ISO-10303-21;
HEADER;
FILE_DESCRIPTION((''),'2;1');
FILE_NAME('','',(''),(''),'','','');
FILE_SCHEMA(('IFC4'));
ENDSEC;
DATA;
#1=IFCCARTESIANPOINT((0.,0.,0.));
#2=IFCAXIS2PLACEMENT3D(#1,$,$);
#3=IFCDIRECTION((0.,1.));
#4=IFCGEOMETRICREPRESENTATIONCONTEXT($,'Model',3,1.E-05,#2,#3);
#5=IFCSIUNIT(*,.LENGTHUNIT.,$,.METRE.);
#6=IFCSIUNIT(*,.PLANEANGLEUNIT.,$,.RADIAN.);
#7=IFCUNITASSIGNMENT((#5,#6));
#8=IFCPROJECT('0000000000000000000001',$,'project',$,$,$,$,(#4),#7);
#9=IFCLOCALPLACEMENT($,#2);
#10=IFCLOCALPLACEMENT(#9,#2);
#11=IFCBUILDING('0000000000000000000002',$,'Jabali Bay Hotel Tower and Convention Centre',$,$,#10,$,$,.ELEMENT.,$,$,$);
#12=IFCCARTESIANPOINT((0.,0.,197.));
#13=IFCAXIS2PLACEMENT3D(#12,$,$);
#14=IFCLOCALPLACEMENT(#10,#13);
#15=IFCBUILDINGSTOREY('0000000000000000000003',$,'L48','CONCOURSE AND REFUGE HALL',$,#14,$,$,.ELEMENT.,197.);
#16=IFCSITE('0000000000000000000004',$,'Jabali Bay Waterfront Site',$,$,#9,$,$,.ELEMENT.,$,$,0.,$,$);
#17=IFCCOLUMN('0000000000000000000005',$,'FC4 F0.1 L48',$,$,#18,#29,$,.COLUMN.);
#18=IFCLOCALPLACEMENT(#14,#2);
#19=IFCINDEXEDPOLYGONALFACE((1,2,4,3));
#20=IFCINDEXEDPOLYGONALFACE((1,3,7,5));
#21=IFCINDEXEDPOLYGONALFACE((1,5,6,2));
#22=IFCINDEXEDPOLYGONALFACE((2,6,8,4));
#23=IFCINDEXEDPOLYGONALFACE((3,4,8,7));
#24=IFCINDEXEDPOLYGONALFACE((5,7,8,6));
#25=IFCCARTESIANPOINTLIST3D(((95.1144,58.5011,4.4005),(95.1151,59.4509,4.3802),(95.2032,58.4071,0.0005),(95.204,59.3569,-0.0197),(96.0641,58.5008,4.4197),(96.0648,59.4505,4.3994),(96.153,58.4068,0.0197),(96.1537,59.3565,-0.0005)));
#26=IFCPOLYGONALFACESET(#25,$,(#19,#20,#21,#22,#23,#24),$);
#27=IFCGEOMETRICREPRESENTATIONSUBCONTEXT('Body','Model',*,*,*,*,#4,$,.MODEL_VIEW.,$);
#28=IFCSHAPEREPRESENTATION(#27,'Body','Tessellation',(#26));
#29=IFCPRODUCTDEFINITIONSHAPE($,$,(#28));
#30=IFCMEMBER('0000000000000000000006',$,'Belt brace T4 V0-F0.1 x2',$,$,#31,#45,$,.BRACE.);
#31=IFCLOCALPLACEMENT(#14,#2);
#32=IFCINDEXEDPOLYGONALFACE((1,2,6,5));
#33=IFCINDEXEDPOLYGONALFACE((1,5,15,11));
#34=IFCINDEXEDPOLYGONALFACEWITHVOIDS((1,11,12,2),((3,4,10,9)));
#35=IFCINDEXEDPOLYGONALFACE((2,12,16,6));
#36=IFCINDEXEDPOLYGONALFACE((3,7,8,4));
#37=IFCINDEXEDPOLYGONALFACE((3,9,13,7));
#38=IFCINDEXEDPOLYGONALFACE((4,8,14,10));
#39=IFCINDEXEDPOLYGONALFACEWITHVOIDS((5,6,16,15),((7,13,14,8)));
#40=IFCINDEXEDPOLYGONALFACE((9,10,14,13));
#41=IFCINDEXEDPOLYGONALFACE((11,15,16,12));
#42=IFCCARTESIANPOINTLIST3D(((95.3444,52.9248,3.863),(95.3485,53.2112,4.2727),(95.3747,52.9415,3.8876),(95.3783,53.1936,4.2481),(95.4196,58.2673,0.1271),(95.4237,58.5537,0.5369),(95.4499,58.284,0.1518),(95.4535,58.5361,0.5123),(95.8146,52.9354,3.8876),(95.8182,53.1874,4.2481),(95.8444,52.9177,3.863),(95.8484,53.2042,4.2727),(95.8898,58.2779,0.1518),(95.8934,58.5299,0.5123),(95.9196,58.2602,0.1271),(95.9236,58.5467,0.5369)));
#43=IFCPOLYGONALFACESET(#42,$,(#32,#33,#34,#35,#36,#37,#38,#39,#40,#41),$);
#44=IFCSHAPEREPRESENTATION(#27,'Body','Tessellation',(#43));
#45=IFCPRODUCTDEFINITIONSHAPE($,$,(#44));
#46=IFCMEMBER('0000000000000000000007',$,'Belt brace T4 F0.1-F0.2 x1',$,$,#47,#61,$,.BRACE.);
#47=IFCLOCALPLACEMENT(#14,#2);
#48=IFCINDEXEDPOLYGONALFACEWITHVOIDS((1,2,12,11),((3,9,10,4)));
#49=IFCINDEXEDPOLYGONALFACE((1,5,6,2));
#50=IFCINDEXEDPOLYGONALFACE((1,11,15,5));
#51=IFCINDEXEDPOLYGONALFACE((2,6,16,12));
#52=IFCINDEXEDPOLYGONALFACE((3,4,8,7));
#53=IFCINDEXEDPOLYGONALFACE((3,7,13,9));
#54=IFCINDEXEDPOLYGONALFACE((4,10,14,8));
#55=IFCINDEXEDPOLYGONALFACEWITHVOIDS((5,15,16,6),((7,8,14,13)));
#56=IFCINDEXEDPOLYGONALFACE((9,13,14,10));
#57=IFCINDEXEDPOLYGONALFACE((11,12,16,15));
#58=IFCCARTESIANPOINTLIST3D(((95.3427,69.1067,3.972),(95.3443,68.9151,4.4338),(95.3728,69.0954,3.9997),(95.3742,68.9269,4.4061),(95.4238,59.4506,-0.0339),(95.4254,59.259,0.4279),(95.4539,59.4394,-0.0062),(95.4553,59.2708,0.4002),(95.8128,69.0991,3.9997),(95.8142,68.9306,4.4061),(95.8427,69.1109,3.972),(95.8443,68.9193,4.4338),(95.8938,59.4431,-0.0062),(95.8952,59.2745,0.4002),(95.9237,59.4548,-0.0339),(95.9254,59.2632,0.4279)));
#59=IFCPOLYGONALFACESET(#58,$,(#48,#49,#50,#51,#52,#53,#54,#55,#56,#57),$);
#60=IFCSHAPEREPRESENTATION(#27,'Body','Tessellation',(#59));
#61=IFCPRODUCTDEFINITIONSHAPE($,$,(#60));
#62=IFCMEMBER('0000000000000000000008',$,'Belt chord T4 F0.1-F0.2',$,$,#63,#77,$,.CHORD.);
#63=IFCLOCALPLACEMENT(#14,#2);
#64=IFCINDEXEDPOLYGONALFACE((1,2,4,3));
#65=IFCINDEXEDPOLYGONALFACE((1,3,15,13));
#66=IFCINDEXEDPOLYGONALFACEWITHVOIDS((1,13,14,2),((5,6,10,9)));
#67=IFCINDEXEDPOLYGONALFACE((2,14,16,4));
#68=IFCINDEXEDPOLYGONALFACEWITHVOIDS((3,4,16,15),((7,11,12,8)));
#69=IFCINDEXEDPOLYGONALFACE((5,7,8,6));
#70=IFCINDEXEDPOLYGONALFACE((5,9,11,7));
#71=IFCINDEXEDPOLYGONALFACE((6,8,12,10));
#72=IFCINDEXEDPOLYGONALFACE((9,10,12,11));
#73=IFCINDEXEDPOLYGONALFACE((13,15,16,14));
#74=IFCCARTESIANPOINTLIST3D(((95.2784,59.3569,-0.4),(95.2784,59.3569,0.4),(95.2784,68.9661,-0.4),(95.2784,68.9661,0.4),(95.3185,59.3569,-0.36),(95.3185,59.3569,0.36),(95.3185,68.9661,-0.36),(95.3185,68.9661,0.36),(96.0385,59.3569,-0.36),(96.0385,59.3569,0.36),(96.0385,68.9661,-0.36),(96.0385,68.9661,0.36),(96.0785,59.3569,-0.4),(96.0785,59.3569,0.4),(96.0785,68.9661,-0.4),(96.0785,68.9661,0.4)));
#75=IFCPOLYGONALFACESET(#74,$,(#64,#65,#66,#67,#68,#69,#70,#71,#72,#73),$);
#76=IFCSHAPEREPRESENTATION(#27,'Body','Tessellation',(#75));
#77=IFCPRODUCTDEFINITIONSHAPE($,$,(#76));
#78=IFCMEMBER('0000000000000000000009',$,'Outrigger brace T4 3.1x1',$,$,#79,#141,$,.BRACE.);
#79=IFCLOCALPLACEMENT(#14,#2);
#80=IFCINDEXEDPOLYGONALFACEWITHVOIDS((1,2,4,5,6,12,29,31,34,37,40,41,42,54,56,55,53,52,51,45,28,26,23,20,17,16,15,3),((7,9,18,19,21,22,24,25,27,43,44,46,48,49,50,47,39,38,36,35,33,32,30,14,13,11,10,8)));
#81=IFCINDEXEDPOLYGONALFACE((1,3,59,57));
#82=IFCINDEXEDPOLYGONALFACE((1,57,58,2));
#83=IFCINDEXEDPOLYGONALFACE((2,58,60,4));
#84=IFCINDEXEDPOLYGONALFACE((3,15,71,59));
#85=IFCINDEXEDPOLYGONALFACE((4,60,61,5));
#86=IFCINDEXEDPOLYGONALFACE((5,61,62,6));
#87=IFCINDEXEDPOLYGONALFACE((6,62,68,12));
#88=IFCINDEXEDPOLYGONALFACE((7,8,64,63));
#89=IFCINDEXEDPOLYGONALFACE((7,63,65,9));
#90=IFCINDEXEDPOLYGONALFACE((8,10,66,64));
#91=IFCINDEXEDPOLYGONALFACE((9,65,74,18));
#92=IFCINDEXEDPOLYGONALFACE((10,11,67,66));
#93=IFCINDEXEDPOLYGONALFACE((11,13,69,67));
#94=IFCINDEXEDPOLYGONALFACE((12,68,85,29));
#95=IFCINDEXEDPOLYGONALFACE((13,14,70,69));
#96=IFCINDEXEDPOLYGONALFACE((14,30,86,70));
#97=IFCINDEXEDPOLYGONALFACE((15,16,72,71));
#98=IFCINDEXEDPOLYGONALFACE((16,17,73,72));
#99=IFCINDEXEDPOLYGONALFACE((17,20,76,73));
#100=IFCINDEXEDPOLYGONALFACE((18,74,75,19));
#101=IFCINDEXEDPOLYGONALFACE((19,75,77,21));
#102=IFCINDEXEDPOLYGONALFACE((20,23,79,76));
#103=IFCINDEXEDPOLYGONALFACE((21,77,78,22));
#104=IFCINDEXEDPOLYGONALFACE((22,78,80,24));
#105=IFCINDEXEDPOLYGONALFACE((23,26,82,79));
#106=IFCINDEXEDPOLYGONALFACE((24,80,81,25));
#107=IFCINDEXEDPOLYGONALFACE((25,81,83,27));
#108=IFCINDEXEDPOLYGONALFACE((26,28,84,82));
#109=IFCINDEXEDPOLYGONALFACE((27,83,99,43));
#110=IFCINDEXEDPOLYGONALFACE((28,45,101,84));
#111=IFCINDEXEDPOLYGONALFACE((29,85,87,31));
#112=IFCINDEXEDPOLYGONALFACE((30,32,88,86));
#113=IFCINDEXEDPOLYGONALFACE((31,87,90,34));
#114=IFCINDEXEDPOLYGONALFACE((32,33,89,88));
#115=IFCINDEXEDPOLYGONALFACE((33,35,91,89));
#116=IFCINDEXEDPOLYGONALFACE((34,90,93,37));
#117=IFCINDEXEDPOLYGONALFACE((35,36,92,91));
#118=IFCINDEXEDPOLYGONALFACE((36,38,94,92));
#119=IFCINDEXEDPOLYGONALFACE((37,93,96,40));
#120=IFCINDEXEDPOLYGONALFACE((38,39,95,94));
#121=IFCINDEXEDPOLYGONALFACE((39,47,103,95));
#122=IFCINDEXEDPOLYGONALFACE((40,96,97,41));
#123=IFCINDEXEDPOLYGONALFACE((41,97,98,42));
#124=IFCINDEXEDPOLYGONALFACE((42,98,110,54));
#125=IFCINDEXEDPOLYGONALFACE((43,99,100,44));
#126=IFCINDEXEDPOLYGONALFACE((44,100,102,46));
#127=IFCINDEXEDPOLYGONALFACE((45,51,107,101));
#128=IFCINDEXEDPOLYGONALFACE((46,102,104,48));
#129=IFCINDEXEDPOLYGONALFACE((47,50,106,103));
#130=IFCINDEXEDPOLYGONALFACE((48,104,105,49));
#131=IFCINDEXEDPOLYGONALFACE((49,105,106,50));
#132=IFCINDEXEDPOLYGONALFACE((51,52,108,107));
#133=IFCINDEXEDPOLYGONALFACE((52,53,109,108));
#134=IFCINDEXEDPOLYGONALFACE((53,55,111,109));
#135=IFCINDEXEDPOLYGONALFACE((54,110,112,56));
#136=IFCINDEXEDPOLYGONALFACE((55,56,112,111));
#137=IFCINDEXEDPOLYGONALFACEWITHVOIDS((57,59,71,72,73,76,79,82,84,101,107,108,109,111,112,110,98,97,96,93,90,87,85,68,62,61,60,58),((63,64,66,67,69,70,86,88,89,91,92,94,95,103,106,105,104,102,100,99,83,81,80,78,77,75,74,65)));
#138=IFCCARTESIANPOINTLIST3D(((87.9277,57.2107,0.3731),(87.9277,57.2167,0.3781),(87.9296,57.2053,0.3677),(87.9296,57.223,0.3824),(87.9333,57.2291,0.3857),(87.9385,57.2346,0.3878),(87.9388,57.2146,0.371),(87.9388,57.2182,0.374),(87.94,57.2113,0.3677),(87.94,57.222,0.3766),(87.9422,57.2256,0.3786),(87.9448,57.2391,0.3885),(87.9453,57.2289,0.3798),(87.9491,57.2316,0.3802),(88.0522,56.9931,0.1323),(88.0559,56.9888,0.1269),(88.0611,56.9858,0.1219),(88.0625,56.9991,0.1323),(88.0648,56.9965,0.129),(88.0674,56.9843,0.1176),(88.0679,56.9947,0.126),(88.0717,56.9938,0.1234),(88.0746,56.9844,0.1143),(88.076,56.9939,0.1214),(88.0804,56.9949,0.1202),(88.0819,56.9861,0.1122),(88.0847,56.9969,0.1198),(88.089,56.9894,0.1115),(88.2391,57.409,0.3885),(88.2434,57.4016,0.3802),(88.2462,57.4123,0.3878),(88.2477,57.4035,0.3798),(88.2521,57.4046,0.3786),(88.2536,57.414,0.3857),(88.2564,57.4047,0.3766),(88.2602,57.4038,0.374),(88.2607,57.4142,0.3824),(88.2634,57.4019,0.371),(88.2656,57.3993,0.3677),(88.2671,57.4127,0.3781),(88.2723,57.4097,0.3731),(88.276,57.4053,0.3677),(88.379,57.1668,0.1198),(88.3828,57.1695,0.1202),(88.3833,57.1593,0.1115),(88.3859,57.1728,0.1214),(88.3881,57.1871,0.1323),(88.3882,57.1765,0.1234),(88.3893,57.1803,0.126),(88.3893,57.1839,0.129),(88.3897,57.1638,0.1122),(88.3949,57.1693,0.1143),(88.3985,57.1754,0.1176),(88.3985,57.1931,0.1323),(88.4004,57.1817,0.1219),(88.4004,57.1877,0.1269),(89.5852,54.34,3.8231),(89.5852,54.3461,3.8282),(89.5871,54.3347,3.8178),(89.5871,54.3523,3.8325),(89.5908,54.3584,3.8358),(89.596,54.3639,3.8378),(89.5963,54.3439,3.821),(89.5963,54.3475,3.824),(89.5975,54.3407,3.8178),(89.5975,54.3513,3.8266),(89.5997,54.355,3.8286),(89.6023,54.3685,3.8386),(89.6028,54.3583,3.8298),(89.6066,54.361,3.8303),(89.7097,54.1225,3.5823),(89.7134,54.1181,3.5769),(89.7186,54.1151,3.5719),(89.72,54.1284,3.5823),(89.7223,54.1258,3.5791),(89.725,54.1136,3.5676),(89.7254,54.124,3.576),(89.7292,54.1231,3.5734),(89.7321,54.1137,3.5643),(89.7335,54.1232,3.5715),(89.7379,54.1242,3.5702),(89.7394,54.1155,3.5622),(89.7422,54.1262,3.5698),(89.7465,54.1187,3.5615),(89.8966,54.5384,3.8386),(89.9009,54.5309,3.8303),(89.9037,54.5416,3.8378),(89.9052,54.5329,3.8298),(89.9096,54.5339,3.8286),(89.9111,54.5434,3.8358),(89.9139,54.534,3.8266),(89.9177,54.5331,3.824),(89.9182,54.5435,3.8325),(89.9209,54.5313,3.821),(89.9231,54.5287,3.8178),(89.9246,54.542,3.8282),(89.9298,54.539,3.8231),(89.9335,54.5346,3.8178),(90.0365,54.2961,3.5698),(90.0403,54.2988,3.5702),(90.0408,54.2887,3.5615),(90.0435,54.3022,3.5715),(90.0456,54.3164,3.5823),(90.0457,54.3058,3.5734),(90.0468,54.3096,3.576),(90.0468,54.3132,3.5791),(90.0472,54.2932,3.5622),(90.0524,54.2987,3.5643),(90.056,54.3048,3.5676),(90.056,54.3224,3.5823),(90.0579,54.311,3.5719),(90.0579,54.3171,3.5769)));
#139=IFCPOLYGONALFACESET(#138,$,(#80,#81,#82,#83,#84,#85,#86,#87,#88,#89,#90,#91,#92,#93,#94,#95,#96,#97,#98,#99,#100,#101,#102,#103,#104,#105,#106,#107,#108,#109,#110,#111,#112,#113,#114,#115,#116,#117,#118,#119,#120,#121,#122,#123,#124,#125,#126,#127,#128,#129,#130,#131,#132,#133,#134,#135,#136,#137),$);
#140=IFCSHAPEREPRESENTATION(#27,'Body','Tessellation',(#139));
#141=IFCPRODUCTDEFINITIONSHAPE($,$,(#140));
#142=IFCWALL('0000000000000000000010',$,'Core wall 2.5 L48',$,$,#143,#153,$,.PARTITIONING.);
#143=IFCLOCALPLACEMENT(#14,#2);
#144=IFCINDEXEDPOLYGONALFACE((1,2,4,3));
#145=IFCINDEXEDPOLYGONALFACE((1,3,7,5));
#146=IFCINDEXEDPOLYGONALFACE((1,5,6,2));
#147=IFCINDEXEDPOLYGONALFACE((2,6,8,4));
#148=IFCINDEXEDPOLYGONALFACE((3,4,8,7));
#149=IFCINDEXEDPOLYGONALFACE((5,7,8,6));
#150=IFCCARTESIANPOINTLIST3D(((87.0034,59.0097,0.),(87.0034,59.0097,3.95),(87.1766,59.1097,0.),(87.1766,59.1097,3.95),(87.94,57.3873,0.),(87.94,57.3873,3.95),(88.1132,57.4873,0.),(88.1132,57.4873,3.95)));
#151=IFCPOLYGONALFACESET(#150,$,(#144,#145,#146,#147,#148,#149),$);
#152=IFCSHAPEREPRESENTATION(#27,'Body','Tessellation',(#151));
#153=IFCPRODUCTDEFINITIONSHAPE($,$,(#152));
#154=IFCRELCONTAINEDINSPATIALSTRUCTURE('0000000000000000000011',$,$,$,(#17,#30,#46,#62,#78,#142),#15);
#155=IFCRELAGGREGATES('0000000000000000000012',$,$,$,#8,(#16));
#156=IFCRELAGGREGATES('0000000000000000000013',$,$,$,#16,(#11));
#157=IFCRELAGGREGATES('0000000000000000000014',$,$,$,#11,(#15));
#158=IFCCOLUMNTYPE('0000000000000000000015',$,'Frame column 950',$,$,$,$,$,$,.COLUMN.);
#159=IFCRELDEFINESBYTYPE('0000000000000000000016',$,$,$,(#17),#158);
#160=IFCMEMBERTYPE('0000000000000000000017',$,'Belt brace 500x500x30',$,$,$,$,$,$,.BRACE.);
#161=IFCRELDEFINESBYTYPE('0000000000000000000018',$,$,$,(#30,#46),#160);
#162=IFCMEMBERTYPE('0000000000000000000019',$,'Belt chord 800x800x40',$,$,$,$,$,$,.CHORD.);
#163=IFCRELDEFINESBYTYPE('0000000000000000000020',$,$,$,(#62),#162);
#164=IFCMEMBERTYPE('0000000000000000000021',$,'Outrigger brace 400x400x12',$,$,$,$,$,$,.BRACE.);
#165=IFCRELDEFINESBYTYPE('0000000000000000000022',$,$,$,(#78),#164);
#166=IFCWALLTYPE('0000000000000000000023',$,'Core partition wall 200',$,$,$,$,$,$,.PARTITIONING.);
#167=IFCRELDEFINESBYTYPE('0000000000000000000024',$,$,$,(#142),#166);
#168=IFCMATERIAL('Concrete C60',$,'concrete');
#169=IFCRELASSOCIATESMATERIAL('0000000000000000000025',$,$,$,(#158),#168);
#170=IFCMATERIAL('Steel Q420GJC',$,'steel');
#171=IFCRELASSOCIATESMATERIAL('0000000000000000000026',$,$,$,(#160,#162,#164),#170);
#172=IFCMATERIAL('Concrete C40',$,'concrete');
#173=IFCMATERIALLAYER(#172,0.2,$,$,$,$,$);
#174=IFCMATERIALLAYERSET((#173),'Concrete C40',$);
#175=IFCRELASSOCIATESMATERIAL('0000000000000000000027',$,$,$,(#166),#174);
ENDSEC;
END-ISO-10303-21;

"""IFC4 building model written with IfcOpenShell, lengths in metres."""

from ifc_helpers import new_model, si_unit, direction, frame, frame_2d, origin, origin_2d, place, context, subcontext, project, spatial, rectangle, hollow_rectangle, extrude, material, layer, layer_set, material_profile, profile_set, type_object, element, save


model = new_model("IFC4")

# Units and contexts
model_context = context("Model", 3, precision=1e-05, world=origin(), true_north=direction((0.0, 1.0)))
body_context = subcontext(model_context, "Body", "Model", "MODEL_VIEW")
ifc_project = project(units=[si_unit("LENGTHUNIT", "METRE"), si_unit("PLANEANGLEUNIT", "RADIAN")], contexts=[model_context])

# Site, building, storey
site_placement = place(None, origin())
site = spatial("IfcSite", under=ifc_project, at=site_placement, Name="Jabali Bay Waterfront Site", CompositionType="ELEMENT", RefElevation=0.0)
building_placement = place(site_placement, origin())
building = spatial("IfcBuilding", under=site, at=building_placement, Name="Jabali Bay Hotel Tower and Convention Centre", CompositionType="ELEMENT")
storey_placement = place(building_placement, frame((0.0, 0.0, 197.0)))
storey = spatial("IfcBuildingStorey", under=building, at=storey_placement, Name="L48", Description="CONCOURSE AND REFUGE HALL", CompositionType="ELEMENT", Elevation=197.0)

# Column
ifc_material_1 = material(Name="Concrete C60", Category="concrete")
ifc_material_profile_1 = material_profile(ifc_material_1, rectangle(XDim=0.95, YDim=0.95, at=origin_2d()), Name="Frame column 950")
ifc_profile_set_1 = profile_set([ifc_material_profile_1], Name="Concrete C60")
column_type = type_object("IfcColumnType", Name="Frame column 950", PredefinedType="COLUMN", material=ifc_profile_set_1)
column_placement = place(storey_placement, frame((95.6785, 58.8818, 0.0), z_axis=(-0.020189, 0.021354, 0.999568), x_axis=(-0.000778, -0.999772, 0.021342)))
element("IfcColumn", 1, at=column_placement, inside=storey, type_object=column_type, Name="FC4 F0.1 L48", PredefinedType="COLUMN", context=body_context, shape_type="SweptSolid", body=[
    extrude(rectangle(XDim=0.95, YDim=0.95, at=origin_2d()), origin(), (0.0, 0.0, 1.0), 4.4019),
])

# Members
ifc_material_2 = material(Name="Steel Q420GJC", Category="steel")
ifc_material_profile_2 = material_profile(ifc_material_2, hollow_rectangle(XDim=0.5, YDim=0.5, WallThickness=0.03, at=origin_2d()), Name="Belt brace 500x500x30")
ifc_profile_set_2 = profile_set([ifc_material_profile_2], Name="Steel Q420GJC")
member_type_1 = type_object("IfcMemberType", Name="Belt brace 500x500x30", PredefinedType="BRACE", material=ifc_profile_set_2)
member_1_placement = place(storey_placement, frame((95.6716, 58.407, 0.332), z_axis=(-0.011534, -0.819461, 0.573019), x_axis=(0.999901, -0.014073, 0.0)))
element("IfcMember", 2, at=member_1_placement, inside=storey, type_object=member_type_1, Name="Belt brace T4 V0-F0.1 x2", PredefinedType="BRACE", context=body_context, shape_type="SweptSolid", body=[
    extrude(hollow_rectangle(XDim=0.5, YDim=0.5, WallThickness=0.03, at=origin_2d()), origin(), (0.0, 0.0, 1.0), 6.5195),
])
member_2_placement = place(storey_placement, frame((95.6746, 59.3569, 0.197), z_axis=(-0.007753, 0.923642, 0.383179), x_axis=(-0.999965, -0.008394, 0.0)))
element("IfcMember", 3, at=member_2_placement, inside=storey, type_object=member_type_1, Name="Belt brace T4 F0.1-F0.2 x1", PredefinedType="BRACE", context=body_context, shape_type="SweptSolid", body=[
    extrude(hollow_rectangle(XDim=0.5, YDim=0.5, WallThickness=0.03, at=origin_2d()), origin(), (0.0, 0.0, 1.0), 10.4543),
])
ifc_material_profile_3 = material_profile(ifc_material_2, hollow_rectangle(XDim=0.8, YDim=0.8, WallThickness=0.04, at=origin_2d()), Name="Belt chord 800x800x40")
ifc_profile_set_3 = profile_set([ifc_material_profile_3], Name="Steel Q420GJC")
member_type_2 = type_object("IfcMemberType", Name="Belt chord 800x800x40", PredefinedType="CHORD", material=ifc_profile_set_3)
member_3_placement = place(storey_placement, frame((95.6785, 59.3569, 0.0), z_axis=(0.0, 1.0, 0.0), x_axis=(-1.0, 0.0, 0.0)))
element("IfcMember", 4, at=member_3_placement, inside=storey, type_object=member_type_2, Name="Belt chord T4 F0.1-F0.2", PredefinedType="CHORD", context=body_context, shape_type="SweptSolid", body=[
    extrude(hollow_rectangle(XDim=0.8, YDim=0.8, WallThickness=0.04, at=origin_2d()), origin(), (0.0, 0.0, 1.0), 9.6091),
])
ifc_material_profile_4 = material_profile(ifc_material_2, hollow_rectangle(XDim=0.3999, YDim=0.3999, WallThickness=0.012, InnerFilletRadius=0.0181, OuterFilletRadius=0.03, at=origin_2d()), Name="Outrigger brace 400x400x12")
ifc_profile_set_4 = profile_set([ifc_material_profile_4], Name="Steel Q420GJC")
member_type_3 = type_object("IfcMemberType", Name="Outrigger brace 400x400x12", PredefinedType="BRACE", material=ifc_profile_set_4)
member_4_placement = place(storey_placement, frame((88.1641, 57.1992, 0.25), z_axis=(0.346438, -0.600002, 0.721095), x_axis=(0.866009, 0.500028, 0.0)))
element("IfcMember", 5, at=member_4_placement, inside=storey, type_object=member_type_3, Name="Outrigger brace T4 3.1x1", PredefinedType="BRACE", context=body_context, shape_type="SweptSolid", body=[
    extrude(hollow_rectangle(XDim=0.3999, YDim=0.3999, WallThickness=0.012, InnerFilletRadius=0.0181, OuterFilletRadius=0.03, at=origin_2d()), origin(), (0.0, 0.0, 1.0), 4.7844),
])

# Wall
ifc_material_3 = material(Name="Concrete C40", Category="concrete")
ifc_layer_1 = layer(ifc_material_3, 0.2)
ifc_layer_set_1 = layer_set([ifc_layer_1], Name="Concrete C40")
wall_type_1 = type_object("IfcWallType", Name="Core partition wall 200", PredefinedType="PARTITIONING", material=ifc_layer_set_1)
wall_1_placement = place(storey_placement, frame((87.0901, 59.0596, 0.0), z_axis=(0.0, 0.0, 1.0), x_axis=(0.499952, -0.866053, 0.0)))
element("IfcWall", 6, at=wall_1_placement, inside=storey, type_object=wall_type_1, Name="Core wall 2.5 L48", PredefinedType="PARTITIONING", context=body_context, shape_type="SweptSolid", body=[
    extrude(rectangle(XDim=1.8733, YDim=0.2, at=frame_2d((0.9365, 0.0))), origin(), (0.0, 0.0, 1.0), 3.95),
])

save(model, "model.ifc")
